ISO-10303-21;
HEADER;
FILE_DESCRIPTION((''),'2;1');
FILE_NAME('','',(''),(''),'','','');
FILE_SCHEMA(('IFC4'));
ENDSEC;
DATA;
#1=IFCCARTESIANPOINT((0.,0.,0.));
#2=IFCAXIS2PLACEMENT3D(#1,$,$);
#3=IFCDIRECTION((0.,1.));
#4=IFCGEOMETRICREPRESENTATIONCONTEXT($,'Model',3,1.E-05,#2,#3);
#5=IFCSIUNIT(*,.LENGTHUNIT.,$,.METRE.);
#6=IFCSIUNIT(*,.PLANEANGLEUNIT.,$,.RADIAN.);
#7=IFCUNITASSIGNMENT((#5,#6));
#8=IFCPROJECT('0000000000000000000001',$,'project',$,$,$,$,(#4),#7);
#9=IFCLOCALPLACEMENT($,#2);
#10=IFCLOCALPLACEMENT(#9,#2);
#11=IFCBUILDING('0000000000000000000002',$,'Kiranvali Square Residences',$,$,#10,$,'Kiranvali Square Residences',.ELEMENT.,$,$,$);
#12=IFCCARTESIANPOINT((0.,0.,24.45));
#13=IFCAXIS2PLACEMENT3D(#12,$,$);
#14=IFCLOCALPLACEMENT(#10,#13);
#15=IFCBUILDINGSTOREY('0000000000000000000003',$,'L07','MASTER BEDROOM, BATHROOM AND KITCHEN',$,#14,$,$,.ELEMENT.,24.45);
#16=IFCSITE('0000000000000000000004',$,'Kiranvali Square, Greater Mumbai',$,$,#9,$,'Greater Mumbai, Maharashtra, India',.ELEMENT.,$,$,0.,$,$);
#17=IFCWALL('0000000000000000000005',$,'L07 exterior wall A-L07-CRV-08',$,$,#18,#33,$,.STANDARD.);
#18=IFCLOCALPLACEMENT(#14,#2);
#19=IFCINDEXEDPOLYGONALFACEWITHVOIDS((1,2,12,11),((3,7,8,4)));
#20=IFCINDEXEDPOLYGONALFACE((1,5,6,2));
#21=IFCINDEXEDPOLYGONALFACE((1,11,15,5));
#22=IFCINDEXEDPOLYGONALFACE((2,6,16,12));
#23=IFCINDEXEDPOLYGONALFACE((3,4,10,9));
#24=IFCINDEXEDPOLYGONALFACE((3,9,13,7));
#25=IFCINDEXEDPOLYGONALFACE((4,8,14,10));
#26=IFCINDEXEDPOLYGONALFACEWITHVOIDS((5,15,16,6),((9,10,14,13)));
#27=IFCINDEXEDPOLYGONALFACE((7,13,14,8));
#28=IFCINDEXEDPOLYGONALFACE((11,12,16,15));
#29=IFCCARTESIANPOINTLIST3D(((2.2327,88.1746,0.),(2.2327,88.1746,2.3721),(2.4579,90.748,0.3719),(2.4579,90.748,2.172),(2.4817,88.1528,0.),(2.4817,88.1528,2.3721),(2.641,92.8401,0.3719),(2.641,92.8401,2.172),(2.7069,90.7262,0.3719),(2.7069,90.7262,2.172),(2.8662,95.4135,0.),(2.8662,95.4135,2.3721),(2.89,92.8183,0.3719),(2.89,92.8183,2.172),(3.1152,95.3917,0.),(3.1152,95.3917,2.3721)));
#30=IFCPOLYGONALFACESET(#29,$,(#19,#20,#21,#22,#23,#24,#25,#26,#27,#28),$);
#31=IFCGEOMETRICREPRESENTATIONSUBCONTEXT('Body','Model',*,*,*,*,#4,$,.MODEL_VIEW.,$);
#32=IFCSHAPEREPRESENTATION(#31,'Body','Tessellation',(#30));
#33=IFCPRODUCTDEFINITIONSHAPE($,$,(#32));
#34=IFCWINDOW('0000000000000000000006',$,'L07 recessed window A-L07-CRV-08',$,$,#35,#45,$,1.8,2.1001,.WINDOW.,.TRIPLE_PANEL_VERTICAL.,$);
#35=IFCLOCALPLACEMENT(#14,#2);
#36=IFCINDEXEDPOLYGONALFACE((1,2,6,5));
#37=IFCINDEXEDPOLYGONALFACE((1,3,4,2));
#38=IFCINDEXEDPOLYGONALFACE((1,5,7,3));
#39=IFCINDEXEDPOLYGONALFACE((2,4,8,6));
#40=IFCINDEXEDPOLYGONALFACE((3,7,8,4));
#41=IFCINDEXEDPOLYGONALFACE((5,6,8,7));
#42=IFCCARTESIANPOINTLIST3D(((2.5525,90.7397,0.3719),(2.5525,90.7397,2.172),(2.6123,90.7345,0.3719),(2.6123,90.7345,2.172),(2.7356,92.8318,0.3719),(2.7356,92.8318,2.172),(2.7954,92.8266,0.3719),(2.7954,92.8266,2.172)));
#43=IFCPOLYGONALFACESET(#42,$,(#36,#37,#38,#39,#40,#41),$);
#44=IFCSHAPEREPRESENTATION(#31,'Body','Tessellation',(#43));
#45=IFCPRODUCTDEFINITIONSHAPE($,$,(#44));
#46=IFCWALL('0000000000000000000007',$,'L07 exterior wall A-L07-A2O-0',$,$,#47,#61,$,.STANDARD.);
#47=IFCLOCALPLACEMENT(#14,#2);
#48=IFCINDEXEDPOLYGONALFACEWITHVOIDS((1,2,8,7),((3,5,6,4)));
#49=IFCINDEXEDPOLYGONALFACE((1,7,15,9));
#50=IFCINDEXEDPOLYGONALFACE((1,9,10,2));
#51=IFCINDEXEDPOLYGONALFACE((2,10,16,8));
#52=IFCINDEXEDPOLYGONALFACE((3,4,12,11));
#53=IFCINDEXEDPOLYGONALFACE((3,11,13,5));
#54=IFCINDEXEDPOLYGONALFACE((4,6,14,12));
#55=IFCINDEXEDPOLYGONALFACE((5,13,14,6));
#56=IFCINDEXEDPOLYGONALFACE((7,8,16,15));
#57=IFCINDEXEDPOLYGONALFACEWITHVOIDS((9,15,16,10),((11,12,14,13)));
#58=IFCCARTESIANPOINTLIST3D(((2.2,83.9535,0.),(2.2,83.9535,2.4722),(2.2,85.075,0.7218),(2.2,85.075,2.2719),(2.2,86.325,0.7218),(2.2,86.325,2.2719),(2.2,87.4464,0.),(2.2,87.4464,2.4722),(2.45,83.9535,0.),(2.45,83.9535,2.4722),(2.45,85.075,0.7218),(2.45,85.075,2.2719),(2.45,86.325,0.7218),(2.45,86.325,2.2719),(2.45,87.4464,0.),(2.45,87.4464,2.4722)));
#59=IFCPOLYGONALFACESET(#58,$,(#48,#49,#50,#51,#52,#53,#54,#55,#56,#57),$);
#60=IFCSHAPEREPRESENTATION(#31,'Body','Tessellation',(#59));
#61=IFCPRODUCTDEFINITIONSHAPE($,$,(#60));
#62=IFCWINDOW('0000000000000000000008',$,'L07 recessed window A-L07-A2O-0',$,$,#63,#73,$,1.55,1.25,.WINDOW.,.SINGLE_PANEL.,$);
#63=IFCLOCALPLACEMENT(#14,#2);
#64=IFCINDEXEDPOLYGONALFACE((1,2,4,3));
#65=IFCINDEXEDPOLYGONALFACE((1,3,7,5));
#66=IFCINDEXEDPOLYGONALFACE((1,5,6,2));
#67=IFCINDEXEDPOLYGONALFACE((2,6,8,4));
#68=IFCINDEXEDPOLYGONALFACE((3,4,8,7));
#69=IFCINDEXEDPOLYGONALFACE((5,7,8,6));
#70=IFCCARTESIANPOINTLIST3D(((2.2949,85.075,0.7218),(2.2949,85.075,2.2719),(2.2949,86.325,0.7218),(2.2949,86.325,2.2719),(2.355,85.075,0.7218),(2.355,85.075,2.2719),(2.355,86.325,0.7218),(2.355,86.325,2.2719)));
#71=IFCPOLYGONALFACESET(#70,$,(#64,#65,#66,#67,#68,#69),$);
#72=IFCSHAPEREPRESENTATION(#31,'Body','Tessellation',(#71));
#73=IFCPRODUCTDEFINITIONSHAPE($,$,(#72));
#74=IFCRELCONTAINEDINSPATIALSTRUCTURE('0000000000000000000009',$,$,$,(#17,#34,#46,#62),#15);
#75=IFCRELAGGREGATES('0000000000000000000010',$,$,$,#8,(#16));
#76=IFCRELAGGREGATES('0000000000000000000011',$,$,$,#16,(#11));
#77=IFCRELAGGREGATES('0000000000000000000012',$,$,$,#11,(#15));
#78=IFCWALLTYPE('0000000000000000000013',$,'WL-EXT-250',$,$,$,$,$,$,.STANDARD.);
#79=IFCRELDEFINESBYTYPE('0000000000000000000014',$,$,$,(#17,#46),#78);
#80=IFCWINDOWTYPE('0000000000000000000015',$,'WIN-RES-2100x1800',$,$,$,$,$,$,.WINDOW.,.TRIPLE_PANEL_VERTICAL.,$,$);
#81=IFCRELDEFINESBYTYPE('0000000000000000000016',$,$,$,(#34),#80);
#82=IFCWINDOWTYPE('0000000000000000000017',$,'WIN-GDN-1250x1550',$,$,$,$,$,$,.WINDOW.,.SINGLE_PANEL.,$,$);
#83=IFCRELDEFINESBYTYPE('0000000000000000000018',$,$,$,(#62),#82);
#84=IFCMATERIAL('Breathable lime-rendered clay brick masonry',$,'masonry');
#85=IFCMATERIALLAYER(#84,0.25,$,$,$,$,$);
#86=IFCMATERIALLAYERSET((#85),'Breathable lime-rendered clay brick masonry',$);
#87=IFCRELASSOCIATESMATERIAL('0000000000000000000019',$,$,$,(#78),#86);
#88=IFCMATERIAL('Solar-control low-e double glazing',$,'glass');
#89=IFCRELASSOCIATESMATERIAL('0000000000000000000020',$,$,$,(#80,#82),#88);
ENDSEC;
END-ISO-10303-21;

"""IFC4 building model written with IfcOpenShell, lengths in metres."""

from ifc_helpers import new_model, si_unit, direction, frame, frame_2d, origin, place, context, subcontext, project, spatial, rectangle, extrude, material, layer, layer_set, type_object, element, fill, save


model = new_model("IFC4")

# Units and contexts
model_context = context("Model", 3, precision=1e-05, world=origin(), true_north=direction((0.0, 1.0)))
body_context = subcontext(model_context, "Body", "Model", "MODEL_VIEW")
ifc_project = project(units=[si_unit("LENGTHUNIT", "METRE"), si_unit("PLANEANGLEUNIT", "RADIAN")], contexts=[model_context])

# Site, building, storey
site_placement = place(None, origin())
site = spatial("IfcSite", under=ifc_project, at=site_placement, Name="Kiranvali Square, Greater Mumbai", LongName="Greater Mumbai, Maharashtra, India", CompositionType="ELEMENT", RefElevation=0.0)
building_placement = place(site_placement, origin())
building = spatial("IfcBuilding", under=site, at=building_placement, Name="Kiranvali Square Residences", LongName="Kiranvali Square Residences", CompositionType="ELEMENT")
storey_placement = place(building_placement, frame((0.0, 0.0, 24.45)))
storey = spatial("IfcBuildingStorey", under=building, at=storey_placement, Name="L07", Description="MASTER BEDROOM, BATHROOM AND KITCHEN", CompositionType="ELEMENT", Elevation=24.45)

# Walls, openings, windows
ifc_material_1 = material(Name="Breathable lime-rendered clay brick masonry", Category="masonry")
ifc_layer = layer(ifc_material_1, 0.25)
ifc_layer_set = layer_set([ifc_layer], Name="Breathable lime-rendered clay brick masonry")
wall_type = type_object("IfcWallType", Name="WL-EXT-250", PredefinedType="STANDARD", material=ifc_layer_set)
wall_1_placement = place(storey_placement, frame((2.9907, 95.4026, 0.0), z_axis=(0.0, 0.0, 1.0), x_axis=(-0.087185, -0.996192, 0.0)))
wall_1 = element("IfcWall", 1, at=wall_1_placement, inside=storey, type_object=wall_type, Name="L07 exterior wall A-L07-CRV-08", PredefinedType="STANDARD", context=body_context, shape_type="SweptSolid", body=[
    extrude(rectangle(XDim=7.2666, YDim=0.25, at=frame_2d((3.6333, 0.0))), origin(), (0.0, 0.0, 1.0), 2.3721),
])
opening_1_placement = place(wall_1_placement, frame((2.5833, 0.0, 0.3721)))
opening_1 = element("IfcOpeningElement", 2, at=opening_1_placement, cuts=wall_1, PredefinedType="OPENING", context=body_context, shape_type="SweptSolid", body=[
    extrude(rectangle(XDim=2.1001, YDim=1.8, at=frame_2d((1.05, 0.8999))), frame((0.0, 0.135, 0.0), z_axis=(0.0, -1.0, 0.0), x_axis=(1.0, 0.0, 0.0)), (0.0, 0.0, 1.0), 0.27),
])
ifc_material_2 = material(Name="Solar-control low-e double glazing", Category="glass")
window_type_1 = type_object("IfcWindowType", Name="WIN-RES-2100x1800", PartitioningType="TRIPLE_PANEL_VERTICAL", PredefinedType="WINDOW", material=ifc_material_2)
window_1_placement = place(opening_1_placement, origin())
window_1 = element("IfcWindow", 3, at=window_1_placement, inside=storey, type_object=window_type_1, Name="L07 recessed window A-L07-CRV-08", OverallHeight=1.8, OverallWidth=2.1001, PartitioningType="TRIPLE_PANEL_VERTICAL", PredefinedType="WINDOW", context=body_context, shape_type="SweptSolid", body=[
    extrude(rectangle(XDim=2.1001, YDim=1.8, at=frame_2d((1.05, 0.8999))), frame((0.0, 0.03, 0.0), z_axis=(0.0, -1.0, 0.0), x_axis=(1.0, 0.0, 0.0)), (0.0, 0.0, 1.0), 0.0601),
])
fill(opening_1, window_1)
wall_2_placement = place(storey_placement, frame((2.325, 87.4465, 0.0), z_axis=(0.0, 0.0, 1.0), x_axis=(0.0, -1.0, 0.0)))
wall_2 = element("IfcWall", 4, at=wall_2_placement, inside=storey, type_object=wall_type, Name="L07 exterior wall A-L07-A2O-0", PredefinedType="STANDARD", context=body_context, shape_type="SweptSolid", body=[
    extrude(rectangle(XDim=3.4929, YDim=0.25, at=frame_2d((1.7466, 0.0))), origin(), (0.0, 0.0, 1.0), 2.4722),
])
opening_2_placement = place(wall_2_placement, frame((1.1216, 0.0, 0.7219)))
opening_2 = element("IfcOpeningElement", 5, at=opening_2_placement, cuts=wall_2, PredefinedType="OPENING", context=body_context, shape_type="SweptSolid", body=[
    extrude(rectangle(XDim=1.25, YDim=1.55, at=frame_2d((0.625, 0.7749))), frame((0.0, 0.135, 0.0), z_axis=(0.0, -1.0, 0.0), x_axis=(1.0, 0.0, 0.0)), (0.0, 0.0, 1.0), 0.27),
])
window_type_2 = type_object("IfcWindowType", Name="WIN-GDN-1250x1550", PartitioningType="SINGLE_PANEL", PredefinedType="WINDOW", material=ifc_material_2)
window_2_placement = place(opening_2_placement, origin())
window_2 = element("IfcWindow", 6, at=window_2_placement, inside=storey, type_object=window_type_2, Name="L07 recessed window A-L07-A2O-0", OverallHeight=1.55, OverallWidth=1.25, PartitioningType="SINGLE_PANEL", PredefinedType="WINDOW", context=body_context, shape_type="SweptSolid", body=[
    extrude(rectangle(XDim=1.25, YDim=1.55, at=frame_2d((0.625, 0.7749))), frame((0.0, 0.03, 0.0), z_axis=(0.0, -1.0, 0.0), x_axis=(1.0, 0.0, 0.0)), (0.0, 0.0, 1.0), 0.0601),
])
fill(opening_2, window_2)

save(model, "model.ifc")
